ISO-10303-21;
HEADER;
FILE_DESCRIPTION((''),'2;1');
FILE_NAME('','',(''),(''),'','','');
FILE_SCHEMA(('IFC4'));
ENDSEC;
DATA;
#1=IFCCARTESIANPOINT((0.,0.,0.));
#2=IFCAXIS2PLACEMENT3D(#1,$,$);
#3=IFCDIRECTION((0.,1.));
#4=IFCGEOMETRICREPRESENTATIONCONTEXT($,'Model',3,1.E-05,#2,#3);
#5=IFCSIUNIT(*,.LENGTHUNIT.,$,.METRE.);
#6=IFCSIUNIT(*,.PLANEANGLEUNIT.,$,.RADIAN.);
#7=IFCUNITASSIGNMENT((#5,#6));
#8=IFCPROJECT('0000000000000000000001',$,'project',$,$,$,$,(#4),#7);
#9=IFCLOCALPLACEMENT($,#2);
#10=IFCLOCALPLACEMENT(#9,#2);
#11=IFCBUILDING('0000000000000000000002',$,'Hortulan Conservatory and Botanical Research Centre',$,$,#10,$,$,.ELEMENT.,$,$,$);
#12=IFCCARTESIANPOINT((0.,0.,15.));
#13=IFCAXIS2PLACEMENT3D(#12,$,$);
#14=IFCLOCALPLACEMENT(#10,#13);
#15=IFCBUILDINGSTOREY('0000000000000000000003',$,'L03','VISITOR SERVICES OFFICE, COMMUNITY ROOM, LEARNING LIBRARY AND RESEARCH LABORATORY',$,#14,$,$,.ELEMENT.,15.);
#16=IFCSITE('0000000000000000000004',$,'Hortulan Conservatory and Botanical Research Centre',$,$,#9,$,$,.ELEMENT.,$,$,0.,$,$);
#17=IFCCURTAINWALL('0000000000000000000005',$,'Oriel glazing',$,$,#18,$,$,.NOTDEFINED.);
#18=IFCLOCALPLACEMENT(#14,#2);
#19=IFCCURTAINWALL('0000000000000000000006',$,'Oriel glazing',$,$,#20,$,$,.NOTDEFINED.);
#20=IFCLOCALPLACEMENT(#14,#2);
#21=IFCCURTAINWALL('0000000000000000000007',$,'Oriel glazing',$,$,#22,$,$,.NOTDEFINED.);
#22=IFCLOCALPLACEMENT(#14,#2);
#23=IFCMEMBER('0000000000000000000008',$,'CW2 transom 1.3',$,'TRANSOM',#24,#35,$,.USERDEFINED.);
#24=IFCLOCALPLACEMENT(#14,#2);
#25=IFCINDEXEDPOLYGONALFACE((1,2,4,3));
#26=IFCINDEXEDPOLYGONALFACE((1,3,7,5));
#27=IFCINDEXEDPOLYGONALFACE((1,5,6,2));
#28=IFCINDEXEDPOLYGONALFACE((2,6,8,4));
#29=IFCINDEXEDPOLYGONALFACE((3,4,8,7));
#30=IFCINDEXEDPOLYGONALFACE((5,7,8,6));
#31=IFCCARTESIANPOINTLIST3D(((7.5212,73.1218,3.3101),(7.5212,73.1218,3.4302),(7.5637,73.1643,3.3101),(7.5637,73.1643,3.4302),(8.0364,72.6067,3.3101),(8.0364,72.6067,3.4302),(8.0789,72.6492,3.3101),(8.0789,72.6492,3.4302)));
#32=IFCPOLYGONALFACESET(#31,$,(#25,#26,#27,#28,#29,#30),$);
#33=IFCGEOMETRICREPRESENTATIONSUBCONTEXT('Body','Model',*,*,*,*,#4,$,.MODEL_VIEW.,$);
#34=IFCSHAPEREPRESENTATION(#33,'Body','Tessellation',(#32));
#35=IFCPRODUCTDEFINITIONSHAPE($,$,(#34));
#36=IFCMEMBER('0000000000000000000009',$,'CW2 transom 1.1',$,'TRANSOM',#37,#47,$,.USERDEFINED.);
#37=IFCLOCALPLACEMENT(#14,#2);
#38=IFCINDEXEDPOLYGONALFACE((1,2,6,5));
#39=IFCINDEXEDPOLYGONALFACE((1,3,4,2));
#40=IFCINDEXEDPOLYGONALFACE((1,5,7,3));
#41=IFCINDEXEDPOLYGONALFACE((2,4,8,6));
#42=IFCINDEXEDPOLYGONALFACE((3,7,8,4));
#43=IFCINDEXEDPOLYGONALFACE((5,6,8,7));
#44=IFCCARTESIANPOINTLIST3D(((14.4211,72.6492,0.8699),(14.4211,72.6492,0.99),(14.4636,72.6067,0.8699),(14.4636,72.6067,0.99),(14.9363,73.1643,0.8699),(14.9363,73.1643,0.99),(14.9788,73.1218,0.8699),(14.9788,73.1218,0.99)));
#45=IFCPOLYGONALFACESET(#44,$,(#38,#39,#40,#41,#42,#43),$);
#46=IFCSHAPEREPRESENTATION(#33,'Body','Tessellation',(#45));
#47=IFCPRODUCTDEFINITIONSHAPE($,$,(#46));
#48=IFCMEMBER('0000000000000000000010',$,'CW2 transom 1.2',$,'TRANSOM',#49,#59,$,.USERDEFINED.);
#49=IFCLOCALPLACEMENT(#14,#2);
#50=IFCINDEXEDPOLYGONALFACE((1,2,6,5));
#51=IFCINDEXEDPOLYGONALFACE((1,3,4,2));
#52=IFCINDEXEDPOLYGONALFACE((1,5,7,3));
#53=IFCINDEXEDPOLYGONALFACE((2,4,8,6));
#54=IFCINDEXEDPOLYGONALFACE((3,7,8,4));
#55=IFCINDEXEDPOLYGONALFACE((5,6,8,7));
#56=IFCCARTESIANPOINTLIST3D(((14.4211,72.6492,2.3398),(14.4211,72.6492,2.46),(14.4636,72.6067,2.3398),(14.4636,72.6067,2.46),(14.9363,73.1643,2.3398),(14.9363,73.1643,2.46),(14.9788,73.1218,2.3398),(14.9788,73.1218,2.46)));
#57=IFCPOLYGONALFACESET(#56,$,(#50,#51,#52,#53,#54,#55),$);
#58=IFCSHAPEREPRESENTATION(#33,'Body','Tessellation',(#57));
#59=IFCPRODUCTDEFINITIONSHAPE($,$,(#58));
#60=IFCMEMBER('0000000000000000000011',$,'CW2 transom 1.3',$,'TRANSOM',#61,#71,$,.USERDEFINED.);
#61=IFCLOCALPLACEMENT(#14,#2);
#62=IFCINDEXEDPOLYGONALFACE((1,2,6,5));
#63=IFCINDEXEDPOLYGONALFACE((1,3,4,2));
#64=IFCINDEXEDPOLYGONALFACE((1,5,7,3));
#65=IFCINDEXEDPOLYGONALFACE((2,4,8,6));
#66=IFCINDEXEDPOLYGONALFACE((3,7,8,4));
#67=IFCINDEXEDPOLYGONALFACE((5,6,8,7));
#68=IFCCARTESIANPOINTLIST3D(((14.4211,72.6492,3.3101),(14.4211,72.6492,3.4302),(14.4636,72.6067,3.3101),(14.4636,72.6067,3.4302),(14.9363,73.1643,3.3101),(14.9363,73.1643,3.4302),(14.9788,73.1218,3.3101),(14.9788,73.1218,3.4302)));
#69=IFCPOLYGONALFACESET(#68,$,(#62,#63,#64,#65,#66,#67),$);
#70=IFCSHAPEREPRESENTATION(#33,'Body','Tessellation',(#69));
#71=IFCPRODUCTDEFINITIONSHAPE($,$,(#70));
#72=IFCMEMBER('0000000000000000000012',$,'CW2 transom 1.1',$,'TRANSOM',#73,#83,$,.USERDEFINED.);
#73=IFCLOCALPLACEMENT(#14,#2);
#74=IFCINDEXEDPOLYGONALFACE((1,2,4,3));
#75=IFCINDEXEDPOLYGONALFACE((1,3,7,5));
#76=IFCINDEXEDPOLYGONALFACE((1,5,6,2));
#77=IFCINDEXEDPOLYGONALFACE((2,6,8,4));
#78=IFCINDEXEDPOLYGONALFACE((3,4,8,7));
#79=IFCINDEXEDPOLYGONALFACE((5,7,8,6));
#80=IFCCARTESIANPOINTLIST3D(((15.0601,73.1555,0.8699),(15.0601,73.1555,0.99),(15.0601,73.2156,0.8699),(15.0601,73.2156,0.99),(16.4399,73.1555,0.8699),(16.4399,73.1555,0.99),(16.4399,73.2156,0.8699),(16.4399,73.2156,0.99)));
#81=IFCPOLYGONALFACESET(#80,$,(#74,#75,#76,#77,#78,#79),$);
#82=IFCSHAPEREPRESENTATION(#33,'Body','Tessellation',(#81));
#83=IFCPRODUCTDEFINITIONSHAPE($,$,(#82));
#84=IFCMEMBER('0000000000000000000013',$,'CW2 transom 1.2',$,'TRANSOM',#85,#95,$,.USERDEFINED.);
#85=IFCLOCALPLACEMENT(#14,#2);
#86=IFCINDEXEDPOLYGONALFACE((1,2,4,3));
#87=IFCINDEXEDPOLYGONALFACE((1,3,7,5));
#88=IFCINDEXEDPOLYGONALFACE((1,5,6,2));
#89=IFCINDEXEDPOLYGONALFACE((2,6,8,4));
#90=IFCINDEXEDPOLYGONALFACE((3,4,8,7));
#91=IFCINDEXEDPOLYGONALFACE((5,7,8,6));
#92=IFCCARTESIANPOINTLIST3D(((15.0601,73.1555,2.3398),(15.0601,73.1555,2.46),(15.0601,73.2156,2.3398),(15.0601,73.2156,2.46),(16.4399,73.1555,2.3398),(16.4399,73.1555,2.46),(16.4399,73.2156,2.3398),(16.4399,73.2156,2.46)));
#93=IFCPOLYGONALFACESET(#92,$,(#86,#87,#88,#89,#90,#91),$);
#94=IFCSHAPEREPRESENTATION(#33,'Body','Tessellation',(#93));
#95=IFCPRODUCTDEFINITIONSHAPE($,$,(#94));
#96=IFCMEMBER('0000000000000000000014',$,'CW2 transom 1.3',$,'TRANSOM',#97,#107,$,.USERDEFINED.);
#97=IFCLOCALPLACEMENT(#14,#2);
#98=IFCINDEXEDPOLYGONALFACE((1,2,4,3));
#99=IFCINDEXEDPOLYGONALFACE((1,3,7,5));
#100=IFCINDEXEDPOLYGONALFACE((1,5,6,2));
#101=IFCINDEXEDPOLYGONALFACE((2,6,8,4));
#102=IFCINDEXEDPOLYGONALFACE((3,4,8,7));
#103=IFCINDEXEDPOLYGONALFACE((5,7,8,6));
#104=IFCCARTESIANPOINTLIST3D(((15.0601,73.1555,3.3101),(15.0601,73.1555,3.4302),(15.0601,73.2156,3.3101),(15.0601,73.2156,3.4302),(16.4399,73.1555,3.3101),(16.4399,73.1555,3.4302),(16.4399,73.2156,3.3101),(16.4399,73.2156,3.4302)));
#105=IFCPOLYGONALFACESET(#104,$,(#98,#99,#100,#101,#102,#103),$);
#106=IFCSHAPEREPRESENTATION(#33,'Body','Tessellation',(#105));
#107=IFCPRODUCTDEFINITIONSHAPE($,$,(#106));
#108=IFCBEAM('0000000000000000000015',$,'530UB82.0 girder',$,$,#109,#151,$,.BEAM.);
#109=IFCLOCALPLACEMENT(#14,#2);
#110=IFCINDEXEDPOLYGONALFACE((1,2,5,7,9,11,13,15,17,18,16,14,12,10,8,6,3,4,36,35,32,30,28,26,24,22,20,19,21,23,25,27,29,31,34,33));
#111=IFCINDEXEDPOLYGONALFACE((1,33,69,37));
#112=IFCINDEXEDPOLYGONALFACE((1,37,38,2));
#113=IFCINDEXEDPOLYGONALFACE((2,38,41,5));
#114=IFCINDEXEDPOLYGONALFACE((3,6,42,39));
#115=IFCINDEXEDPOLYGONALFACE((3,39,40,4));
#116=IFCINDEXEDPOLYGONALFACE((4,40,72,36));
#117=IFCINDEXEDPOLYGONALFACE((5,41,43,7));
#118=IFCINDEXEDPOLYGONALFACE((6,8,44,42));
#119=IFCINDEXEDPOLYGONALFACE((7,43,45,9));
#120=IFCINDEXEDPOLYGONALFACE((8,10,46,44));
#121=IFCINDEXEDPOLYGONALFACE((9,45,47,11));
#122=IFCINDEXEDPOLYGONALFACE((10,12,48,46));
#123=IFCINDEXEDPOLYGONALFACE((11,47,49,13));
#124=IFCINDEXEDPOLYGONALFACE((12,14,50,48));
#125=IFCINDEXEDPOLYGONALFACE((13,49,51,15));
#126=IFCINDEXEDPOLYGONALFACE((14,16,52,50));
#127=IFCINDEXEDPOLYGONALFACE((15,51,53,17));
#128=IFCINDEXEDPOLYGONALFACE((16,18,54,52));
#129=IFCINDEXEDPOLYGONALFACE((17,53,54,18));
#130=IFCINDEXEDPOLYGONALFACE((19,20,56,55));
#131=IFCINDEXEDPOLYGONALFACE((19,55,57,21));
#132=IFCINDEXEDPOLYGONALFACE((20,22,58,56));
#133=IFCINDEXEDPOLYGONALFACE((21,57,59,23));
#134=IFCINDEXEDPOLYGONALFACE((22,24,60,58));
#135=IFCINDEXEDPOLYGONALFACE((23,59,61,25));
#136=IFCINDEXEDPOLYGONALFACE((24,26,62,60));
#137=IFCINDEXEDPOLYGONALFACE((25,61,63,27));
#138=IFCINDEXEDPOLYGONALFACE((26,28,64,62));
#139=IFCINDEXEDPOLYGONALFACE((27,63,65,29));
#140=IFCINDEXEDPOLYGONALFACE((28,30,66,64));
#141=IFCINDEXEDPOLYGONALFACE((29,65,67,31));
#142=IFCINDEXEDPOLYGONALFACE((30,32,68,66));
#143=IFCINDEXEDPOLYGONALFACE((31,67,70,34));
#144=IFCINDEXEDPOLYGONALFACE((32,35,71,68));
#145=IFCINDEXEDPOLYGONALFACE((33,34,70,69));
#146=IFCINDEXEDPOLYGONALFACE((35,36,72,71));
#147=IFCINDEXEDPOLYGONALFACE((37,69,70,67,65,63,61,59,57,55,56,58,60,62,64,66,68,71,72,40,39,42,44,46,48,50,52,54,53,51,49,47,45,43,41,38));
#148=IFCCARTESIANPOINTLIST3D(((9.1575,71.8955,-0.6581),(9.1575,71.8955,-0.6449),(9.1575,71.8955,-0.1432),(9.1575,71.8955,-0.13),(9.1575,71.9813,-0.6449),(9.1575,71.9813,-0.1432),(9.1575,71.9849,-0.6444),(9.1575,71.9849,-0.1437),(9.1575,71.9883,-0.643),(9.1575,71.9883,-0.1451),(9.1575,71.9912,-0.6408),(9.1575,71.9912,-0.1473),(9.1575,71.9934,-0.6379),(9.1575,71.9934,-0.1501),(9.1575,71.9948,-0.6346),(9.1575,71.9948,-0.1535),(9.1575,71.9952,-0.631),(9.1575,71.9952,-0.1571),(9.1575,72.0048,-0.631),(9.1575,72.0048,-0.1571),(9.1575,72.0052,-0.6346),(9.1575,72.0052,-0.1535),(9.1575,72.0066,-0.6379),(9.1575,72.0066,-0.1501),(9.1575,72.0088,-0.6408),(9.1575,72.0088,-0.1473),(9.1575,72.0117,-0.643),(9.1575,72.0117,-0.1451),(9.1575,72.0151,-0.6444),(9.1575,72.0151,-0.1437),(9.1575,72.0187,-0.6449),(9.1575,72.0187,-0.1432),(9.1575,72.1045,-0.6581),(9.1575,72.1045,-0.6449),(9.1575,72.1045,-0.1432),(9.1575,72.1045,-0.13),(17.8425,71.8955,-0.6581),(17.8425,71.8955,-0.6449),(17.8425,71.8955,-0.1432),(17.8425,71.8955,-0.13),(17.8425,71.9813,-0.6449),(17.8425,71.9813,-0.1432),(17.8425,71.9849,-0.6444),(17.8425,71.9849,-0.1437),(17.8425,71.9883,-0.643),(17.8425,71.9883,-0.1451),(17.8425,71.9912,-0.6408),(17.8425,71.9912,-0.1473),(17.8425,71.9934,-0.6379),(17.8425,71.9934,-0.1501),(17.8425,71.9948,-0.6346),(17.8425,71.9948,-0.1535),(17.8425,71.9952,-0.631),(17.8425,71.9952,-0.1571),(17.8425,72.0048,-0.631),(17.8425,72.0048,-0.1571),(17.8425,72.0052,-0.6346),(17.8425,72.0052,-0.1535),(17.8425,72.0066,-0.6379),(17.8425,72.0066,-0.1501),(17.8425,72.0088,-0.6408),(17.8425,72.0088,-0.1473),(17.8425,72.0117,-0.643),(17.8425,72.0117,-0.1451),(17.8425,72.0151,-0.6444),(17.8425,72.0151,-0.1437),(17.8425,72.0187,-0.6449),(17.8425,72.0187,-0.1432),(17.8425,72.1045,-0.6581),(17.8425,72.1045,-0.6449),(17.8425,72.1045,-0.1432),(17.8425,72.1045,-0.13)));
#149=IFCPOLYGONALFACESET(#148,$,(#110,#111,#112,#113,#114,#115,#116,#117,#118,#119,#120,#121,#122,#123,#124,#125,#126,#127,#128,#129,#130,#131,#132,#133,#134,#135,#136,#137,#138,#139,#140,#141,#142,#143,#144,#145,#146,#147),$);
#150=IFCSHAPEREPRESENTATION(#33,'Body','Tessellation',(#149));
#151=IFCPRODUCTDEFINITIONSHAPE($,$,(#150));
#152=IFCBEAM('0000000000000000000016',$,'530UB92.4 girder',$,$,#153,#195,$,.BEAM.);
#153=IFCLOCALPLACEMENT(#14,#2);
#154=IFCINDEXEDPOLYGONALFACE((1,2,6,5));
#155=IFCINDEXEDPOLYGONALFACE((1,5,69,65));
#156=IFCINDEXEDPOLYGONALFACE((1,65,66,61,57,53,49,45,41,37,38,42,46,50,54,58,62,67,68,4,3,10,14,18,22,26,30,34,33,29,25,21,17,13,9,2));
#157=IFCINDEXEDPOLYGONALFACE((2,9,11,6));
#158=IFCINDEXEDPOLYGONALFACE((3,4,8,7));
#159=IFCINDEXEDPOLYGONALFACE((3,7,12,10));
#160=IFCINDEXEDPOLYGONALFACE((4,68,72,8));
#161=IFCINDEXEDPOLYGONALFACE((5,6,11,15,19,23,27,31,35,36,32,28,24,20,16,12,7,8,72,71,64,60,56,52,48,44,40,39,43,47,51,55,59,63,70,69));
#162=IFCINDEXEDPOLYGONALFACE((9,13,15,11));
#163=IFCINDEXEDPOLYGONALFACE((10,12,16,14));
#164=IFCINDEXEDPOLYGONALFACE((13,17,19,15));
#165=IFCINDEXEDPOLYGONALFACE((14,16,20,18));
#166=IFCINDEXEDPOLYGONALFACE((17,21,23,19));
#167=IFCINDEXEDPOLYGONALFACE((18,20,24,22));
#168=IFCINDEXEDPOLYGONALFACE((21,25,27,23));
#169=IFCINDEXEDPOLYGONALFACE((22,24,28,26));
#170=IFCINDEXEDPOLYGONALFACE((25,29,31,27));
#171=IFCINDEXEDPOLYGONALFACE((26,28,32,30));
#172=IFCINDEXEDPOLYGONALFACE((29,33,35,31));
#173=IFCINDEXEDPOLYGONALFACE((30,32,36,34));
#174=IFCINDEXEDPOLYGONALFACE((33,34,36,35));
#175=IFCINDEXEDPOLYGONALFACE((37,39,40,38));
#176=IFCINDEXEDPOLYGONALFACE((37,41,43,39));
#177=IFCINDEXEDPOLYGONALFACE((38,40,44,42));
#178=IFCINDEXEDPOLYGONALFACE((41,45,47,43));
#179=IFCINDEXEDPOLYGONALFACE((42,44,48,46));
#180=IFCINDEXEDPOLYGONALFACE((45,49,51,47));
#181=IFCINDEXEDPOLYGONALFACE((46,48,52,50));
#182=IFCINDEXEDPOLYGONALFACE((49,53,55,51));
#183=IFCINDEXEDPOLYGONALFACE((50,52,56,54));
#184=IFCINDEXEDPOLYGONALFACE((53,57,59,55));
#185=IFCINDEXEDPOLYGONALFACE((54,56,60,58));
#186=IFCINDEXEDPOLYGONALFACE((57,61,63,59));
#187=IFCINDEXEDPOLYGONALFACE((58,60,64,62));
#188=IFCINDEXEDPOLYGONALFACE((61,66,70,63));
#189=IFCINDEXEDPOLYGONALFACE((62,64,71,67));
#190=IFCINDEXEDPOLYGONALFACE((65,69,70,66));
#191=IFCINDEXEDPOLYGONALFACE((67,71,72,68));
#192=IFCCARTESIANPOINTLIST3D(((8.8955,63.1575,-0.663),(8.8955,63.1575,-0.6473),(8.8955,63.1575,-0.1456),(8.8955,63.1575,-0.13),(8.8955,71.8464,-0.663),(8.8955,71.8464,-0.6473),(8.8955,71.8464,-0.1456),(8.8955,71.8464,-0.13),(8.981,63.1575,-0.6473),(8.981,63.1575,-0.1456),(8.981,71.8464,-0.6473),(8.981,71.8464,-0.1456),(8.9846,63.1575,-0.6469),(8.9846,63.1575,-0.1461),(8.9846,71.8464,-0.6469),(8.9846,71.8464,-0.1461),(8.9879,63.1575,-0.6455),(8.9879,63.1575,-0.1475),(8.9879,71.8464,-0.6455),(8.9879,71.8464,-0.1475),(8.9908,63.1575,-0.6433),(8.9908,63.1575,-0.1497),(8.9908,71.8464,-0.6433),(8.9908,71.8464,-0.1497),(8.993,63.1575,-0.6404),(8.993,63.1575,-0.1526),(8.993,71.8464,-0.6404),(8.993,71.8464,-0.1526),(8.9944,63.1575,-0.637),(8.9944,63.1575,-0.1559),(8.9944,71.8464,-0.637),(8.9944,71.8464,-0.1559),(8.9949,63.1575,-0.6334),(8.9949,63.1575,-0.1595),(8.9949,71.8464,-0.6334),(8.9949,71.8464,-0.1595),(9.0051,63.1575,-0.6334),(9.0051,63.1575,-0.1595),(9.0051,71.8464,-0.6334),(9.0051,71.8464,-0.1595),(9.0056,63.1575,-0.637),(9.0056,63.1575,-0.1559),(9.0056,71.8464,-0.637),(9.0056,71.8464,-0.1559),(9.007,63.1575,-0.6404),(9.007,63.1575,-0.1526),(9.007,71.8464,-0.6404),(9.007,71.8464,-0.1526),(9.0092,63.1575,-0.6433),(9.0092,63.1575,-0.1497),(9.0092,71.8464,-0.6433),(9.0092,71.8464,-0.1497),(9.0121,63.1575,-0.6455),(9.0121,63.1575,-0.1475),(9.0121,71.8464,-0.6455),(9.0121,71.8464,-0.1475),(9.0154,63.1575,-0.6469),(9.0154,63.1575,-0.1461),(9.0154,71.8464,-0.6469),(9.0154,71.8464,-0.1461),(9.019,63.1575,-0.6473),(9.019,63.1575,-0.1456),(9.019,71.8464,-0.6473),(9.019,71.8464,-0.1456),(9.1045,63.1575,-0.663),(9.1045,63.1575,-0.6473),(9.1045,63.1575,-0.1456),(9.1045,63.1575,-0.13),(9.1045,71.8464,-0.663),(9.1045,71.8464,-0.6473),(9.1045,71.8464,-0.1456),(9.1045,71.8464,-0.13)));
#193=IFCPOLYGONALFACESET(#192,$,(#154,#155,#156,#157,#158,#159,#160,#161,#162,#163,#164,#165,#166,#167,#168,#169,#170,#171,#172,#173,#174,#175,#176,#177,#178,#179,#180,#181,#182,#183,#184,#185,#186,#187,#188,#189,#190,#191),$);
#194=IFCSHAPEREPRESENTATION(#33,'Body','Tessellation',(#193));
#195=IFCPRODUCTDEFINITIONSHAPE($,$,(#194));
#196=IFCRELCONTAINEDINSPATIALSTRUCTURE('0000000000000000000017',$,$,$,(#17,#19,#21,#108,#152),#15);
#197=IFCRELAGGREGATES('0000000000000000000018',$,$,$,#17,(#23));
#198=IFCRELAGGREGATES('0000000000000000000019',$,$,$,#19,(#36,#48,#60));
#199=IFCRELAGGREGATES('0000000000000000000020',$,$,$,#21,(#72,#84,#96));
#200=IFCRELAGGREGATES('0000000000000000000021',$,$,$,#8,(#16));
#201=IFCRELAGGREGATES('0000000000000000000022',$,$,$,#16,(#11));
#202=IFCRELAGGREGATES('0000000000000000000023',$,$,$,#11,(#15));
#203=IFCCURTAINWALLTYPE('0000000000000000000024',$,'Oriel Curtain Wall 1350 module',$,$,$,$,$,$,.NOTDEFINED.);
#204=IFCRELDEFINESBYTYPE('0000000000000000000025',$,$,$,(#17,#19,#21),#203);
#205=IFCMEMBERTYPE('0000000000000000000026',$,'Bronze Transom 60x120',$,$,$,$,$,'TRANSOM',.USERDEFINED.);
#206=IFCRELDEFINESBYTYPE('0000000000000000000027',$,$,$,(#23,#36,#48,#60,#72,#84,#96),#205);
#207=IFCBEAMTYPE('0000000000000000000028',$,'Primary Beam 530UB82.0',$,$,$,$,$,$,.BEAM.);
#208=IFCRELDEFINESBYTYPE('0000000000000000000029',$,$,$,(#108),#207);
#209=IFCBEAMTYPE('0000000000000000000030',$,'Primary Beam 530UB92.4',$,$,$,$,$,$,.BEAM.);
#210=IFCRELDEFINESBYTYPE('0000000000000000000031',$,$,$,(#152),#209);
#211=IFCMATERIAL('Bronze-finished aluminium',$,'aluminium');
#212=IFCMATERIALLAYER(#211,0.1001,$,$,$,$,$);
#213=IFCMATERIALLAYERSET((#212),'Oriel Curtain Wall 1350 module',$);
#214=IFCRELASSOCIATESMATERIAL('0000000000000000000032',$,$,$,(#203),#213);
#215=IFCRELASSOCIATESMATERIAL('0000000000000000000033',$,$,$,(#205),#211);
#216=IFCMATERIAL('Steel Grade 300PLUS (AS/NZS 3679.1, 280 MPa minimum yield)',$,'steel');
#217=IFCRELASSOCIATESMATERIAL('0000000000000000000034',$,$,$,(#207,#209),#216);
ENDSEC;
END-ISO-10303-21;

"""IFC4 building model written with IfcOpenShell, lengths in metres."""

from ifc_helpers import new_model, si_unit, direction, frame, origin, origin_2d, place, context, subcontext, project, spatial, rectangle, i_section, extrude, material, layer, layer_set, material_profile, profile_set, type_object, element, aggregate, save


model = new_model("IFC4")

# Units and contexts
model_context = context("Model", 3, precision=1e-05, world=origin(), true_north=direction((0.0, 1.0)))
body_context = subcontext(model_context, "Body", "Model", "MODEL_VIEW")
ifc_project = project(units=[si_unit("LENGTHUNIT", "METRE"), si_unit("PLANEANGLEUNIT", "RADIAN")], contexts=[model_context])

# Site, building, storey
site_placement = place(None, origin())
site = spatial("IfcSite", under=ifc_project, at=site_placement, Name="Hortulan Conservatory and Botanical Research Centre", CompositionType="ELEMENT", RefElevation=0.0)
building_placement = place(site_placement, origin())
building = spatial("IfcBuilding", under=site, at=building_placement, Name="Hortulan Conservatory and Botanical Research Centre", CompositionType="ELEMENT")
storey_placement = place(building_placement, frame((0.0, 0.0, 15.0)))
storey = spatial("IfcBuildingStorey", under=building, at=storey_placement, Name="L03", Description="VISITOR SERVICES OFFICE, COMMUNITY ROOM, LEARNING LIBRARY AND RESEARCH LABORATORY", CompositionType="ELEMENT", Elevation=15.0)

# Shared definitions
ifc_material_1 = material(Name="Steel Grade 300PLUS (AS/NZS 3679.1, 280 MPa minimum yield)", Category="steel")

# Curtain wall
ifc_material_2 = material(Name="Bronze-finished aluminium", Category="aluminium")
ifc_layer_1 = layer(ifc_material_2, 0.1001)
ifc_layer_set_1 = layer_set([ifc_layer_1], Name="Oriel Curtain Wall 1350 module")
curtain_wall_type = type_object("IfcCurtainWallType", Name="Oriel Curtain Wall 1350 module", PredefinedType="NOTDEFINED", material=ifc_layer_set_1)
curtain_wall_1_placement = place(storey_placement, origin())
curtain_wall_1 = element("IfcCurtainWall", 1, at=curtain_wall_1_placement, inside=storey, type_object=curtain_wall_type, Name="Oriel glazing", PredefinedType="NOTDEFINED")

# Curtain walls
curtain_wall_2_placement = place(storey_placement, origin())
curtain_wall_2 = element("IfcCurtainWall", 2, at=curtain_wall_2_placement, inside=storey, type_object=curtain_wall_type, Name="Oriel glazing", PredefinedType="NOTDEFINED")
curtain_wall_3_placement = place(storey_placement, origin())
curtain_wall_3 = element("IfcCurtainWall", 3, at=curtain_wall_3_placement, inside=storey, type_object=curtain_wall_type, Name="Oriel glazing", PredefinedType="NOTDEFINED")

# Members
ifc_material_profile_1 = material_profile(ifc_material_2, rectangle(XDim=0.0601, YDim=0.1201, at=origin_2d()), Name="Bronze Transom 60x120")
ifc_profile_set_1 = profile_set([ifc_material_profile_1], Name="Bronze-finished aluminium")
member_type_1 = type_object("IfcMemberType", Name="Bronze Transom 60x120", ElementType="TRANSOM", PredefinedType="USERDEFINED", material=ifc_profile_set_1)
member_1_placement = place(storey_placement, frame((7.5425, 73.1431, 3.3701), z_axis=(0.707107, -0.707107, 0.0), x_axis=(0.707107, 0.707107, 0.0)))
member_1 = element("IfcMember", 4, at=member_1_placement, type_object=member_type_1, Name="CW2 transom 1.3", ObjectType="TRANSOM", PredefinedType="USERDEFINED", context=body_context, shape_type="SweptSolid", body=[
    extrude(rectangle(XDim=0.0601, YDim=0.1201, at=origin_2d()), origin(), (0.0, 0.0, 1.0), 0.7285),
])
member_2_placement = place(storey_placement, frame((14.4424, 72.6279, 0.9299), z_axis=(0.707107, 0.707107, 0.0), x_axis=(-0.707107, 0.707107, 0.0)))
member_2 = element("IfcMember", 5, at=member_2_placement, type_object=member_type_1, Name="CW2 transom 1.1", ObjectType="TRANSOM", PredefinedType="USERDEFINED", context=body_context, shape_type="SweptSolid", body=[
    extrude(rectangle(XDim=0.0601, YDim=0.1201, at=origin_2d()), origin(), (0.0, 0.0, 1.0), 0.7285),
])
member_3_placement = place(storey_placement, frame((14.4424, 72.6279, 2.3999), z_axis=(0.707107, 0.707107, 0.0), x_axis=(-0.707107, 0.707107, 0.0)))
member_3 = element("IfcMember", 6, at=member_3_placement, type_object=member_type_1, Name="CW2 transom 1.2", ObjectType="TRANSOM", PredefinedType="USERDEFINED", context=body_context, shape_type="SweptSolid", body=[
    extrude(rectangle(XDim=0.0601, YDim=0.1201, at=origin_2d()), origin(), (0.0, 0.0, 1.0), 0.7285),
])
member_4_placement = place(storey_placement, frame((14.4424, 72.6279, 3.3701), z_axis=(0.707107, 0.707107, 0.0), x_axis=(-0.707107, 0.707107, 0.0)))
member_4 = element("IfcMember", 7, at=member_4_placement, type_object=member_type_1, Name="CW2 transom 1.3", ObjectType="TRANSOM", PredefinedType="USERDEFINED", context=body_context, shape_type="SweptSolid", body=[
    extrude(rectangle(XDim=0.0601, YDim=0.1201, at=origin_2d()), origin(), (0.0, 0.0, 1.0), 0.7285),
])
member_5_placement = place(storey_placement, frame((15.0601, 73.1855, 0.9299), z_axis=(1.0, 0.0, 0.0), x_axis=(0.0, 1.0, 0.0)))
member_5 = element("IfcMember", 8, at=member_5_placement, type_object=member_type_1, Name="CW2 transom 1.1", ObjectType="TRANSOM", PredefinedType="USERDEFINED", context=body_context, shape_type="SweptSolid", body=[
    extrude(rectangle(XDim=0.0601, YDim=0.1201, at=origin_2d()), origin(), (0.0, 0.0, 1.0), 1.3799),
])
member_6_placement = place(storey_placement, frame((15.0601, 73.1855, 2.3999), z_axis=(1.0, 0.0, 0.0), x_axis=(0.0, 1.0, 0.0)))
member_6 = element("IfcMember", 9, at=member_6_placement, type_object=member_type_1, Name="CW2 transom 1.2", ObjectType="TRANSOM", PredefinedType="USERDEFINED", context=body_context, shape_type="SweptSolid", body=[
    extrude(rectangle(XDim=0.0601, YDim=0.1201, at=origin_2d()), origin(), (0.0, 0.0, 1.0), 1.3799),
])
member_7_placement = place(storey_placement, frame((15.0601, 73.1855, 3.3701), z_axis=(1.0, 0.0, 0.0), x_axis=(0.0, 1.0, 0.0)))
member_7 = element("IfcMember", 10, at=member_7_placement, type_object=member_type_1, Name="CW2 transom 1.3", ObjectType="TRANSOM", PredefinedType="USERDEFINED", context=body_context, shape_type="SweptSolid", body=[
    extrude(rectangle(XDim=0.0601, YDim=0.1201, at=origin_2d()), origin(), (0.0, 0.0, 1.0), 1.3799),
])

# Beams
ifc_material_profile_2 = material_profile(ifc_material_1, i_section(OverallWidth=0.209, OverallDepth=0.5281, WebThickness=0.0095, FlangeThickness=0.0132, FilletRadius=0.0139, at=origin_2d()), Name="530UB82.0")
ifc_profile_set_2 = profile_set([ifc_material_profile_2], Name="Steel Grade 300PLUS (AS/NZS 3679.1, 280 MPa minimum yield)")
beam_type_1 = type_object("IfcBeamType", Name="Primary Beam 530UB82.0", PredefinedType="BEAM", material=ifc_profile_set_2)
beam_1_placement = place(storey_placement, frame((9.1575, 72.0, -0.394), z_axis=(1.0, 0.0, 0.0), x_axis=(0.0, 1.0, 0.0)))
element("IfcBeam", 11, at=beam_1_placement, inside=storey, type_object=beam_type_1, Name="530UB82.0 girder", PredefinedType="BEAM", context=body_context, shape_type="SweptSolid", body=[
    extrude(i_section(OverallWidth=0.209, OverallDepth=0.5281, WebThickness=0.0095, FlangeThickness=0.0132, FilletRadius=0.0139, at=origin_2d()), origin(), (0.0, 0.0, 1.0), 8.6851),
])
ifc_material_profile_3 = material_profile(ifc_material_1, i_section(OverallWidth=0.209, OverallDepth=0.533, WebThickness=0.0103, FlangeThickness=0.0156, FilletRadius=0.0139, at=origin_2d()), Name="530UB92.4")
ifc_profile_set_3 = profile_set([ifc_material_profile_3], Name="Steel Grade 300PLUS (AS/NZS 3679.1, 280 MPa minimum yield)")
beam_type_2 = type_object("IfcBeamType", Name="Primary Beam 530UB92.4", PredefinedType="BEAM", material=ifc_profile_set_3)
beam_2_placement = place(storey_placement, frame((9.0, 63.1575, -0.3965), z_axis=(0.0, 1.0, 0.0), x_axis=(-1.0, 0.0, 0.0)))
element("IfcBeam", 12, at=beam_2_placement, inside=storey, type_object=beam_type_2, Name="530UB92.4 girder", PredefinedType="BEAM", context=body_context, shape_type="SweptSolid", body=[
    extrude(i_section(OverallWidth=0.209, OverallDepth=0.533, WebThickness=0.0103, FlangeThickness=0.0156, FilletRadius=0.0139, at=origin_2d()), origin(), (0.0, 0.0, 1.0), 8.689),
])

aggregate(curtain_wall_1, [member_1])
aggregate(curtain_wall_2, [member_2, member_3, member_4])
aggregate(curtain_wall_3, [member_5, member_6, member_7])

save(model, "model.ifc")
